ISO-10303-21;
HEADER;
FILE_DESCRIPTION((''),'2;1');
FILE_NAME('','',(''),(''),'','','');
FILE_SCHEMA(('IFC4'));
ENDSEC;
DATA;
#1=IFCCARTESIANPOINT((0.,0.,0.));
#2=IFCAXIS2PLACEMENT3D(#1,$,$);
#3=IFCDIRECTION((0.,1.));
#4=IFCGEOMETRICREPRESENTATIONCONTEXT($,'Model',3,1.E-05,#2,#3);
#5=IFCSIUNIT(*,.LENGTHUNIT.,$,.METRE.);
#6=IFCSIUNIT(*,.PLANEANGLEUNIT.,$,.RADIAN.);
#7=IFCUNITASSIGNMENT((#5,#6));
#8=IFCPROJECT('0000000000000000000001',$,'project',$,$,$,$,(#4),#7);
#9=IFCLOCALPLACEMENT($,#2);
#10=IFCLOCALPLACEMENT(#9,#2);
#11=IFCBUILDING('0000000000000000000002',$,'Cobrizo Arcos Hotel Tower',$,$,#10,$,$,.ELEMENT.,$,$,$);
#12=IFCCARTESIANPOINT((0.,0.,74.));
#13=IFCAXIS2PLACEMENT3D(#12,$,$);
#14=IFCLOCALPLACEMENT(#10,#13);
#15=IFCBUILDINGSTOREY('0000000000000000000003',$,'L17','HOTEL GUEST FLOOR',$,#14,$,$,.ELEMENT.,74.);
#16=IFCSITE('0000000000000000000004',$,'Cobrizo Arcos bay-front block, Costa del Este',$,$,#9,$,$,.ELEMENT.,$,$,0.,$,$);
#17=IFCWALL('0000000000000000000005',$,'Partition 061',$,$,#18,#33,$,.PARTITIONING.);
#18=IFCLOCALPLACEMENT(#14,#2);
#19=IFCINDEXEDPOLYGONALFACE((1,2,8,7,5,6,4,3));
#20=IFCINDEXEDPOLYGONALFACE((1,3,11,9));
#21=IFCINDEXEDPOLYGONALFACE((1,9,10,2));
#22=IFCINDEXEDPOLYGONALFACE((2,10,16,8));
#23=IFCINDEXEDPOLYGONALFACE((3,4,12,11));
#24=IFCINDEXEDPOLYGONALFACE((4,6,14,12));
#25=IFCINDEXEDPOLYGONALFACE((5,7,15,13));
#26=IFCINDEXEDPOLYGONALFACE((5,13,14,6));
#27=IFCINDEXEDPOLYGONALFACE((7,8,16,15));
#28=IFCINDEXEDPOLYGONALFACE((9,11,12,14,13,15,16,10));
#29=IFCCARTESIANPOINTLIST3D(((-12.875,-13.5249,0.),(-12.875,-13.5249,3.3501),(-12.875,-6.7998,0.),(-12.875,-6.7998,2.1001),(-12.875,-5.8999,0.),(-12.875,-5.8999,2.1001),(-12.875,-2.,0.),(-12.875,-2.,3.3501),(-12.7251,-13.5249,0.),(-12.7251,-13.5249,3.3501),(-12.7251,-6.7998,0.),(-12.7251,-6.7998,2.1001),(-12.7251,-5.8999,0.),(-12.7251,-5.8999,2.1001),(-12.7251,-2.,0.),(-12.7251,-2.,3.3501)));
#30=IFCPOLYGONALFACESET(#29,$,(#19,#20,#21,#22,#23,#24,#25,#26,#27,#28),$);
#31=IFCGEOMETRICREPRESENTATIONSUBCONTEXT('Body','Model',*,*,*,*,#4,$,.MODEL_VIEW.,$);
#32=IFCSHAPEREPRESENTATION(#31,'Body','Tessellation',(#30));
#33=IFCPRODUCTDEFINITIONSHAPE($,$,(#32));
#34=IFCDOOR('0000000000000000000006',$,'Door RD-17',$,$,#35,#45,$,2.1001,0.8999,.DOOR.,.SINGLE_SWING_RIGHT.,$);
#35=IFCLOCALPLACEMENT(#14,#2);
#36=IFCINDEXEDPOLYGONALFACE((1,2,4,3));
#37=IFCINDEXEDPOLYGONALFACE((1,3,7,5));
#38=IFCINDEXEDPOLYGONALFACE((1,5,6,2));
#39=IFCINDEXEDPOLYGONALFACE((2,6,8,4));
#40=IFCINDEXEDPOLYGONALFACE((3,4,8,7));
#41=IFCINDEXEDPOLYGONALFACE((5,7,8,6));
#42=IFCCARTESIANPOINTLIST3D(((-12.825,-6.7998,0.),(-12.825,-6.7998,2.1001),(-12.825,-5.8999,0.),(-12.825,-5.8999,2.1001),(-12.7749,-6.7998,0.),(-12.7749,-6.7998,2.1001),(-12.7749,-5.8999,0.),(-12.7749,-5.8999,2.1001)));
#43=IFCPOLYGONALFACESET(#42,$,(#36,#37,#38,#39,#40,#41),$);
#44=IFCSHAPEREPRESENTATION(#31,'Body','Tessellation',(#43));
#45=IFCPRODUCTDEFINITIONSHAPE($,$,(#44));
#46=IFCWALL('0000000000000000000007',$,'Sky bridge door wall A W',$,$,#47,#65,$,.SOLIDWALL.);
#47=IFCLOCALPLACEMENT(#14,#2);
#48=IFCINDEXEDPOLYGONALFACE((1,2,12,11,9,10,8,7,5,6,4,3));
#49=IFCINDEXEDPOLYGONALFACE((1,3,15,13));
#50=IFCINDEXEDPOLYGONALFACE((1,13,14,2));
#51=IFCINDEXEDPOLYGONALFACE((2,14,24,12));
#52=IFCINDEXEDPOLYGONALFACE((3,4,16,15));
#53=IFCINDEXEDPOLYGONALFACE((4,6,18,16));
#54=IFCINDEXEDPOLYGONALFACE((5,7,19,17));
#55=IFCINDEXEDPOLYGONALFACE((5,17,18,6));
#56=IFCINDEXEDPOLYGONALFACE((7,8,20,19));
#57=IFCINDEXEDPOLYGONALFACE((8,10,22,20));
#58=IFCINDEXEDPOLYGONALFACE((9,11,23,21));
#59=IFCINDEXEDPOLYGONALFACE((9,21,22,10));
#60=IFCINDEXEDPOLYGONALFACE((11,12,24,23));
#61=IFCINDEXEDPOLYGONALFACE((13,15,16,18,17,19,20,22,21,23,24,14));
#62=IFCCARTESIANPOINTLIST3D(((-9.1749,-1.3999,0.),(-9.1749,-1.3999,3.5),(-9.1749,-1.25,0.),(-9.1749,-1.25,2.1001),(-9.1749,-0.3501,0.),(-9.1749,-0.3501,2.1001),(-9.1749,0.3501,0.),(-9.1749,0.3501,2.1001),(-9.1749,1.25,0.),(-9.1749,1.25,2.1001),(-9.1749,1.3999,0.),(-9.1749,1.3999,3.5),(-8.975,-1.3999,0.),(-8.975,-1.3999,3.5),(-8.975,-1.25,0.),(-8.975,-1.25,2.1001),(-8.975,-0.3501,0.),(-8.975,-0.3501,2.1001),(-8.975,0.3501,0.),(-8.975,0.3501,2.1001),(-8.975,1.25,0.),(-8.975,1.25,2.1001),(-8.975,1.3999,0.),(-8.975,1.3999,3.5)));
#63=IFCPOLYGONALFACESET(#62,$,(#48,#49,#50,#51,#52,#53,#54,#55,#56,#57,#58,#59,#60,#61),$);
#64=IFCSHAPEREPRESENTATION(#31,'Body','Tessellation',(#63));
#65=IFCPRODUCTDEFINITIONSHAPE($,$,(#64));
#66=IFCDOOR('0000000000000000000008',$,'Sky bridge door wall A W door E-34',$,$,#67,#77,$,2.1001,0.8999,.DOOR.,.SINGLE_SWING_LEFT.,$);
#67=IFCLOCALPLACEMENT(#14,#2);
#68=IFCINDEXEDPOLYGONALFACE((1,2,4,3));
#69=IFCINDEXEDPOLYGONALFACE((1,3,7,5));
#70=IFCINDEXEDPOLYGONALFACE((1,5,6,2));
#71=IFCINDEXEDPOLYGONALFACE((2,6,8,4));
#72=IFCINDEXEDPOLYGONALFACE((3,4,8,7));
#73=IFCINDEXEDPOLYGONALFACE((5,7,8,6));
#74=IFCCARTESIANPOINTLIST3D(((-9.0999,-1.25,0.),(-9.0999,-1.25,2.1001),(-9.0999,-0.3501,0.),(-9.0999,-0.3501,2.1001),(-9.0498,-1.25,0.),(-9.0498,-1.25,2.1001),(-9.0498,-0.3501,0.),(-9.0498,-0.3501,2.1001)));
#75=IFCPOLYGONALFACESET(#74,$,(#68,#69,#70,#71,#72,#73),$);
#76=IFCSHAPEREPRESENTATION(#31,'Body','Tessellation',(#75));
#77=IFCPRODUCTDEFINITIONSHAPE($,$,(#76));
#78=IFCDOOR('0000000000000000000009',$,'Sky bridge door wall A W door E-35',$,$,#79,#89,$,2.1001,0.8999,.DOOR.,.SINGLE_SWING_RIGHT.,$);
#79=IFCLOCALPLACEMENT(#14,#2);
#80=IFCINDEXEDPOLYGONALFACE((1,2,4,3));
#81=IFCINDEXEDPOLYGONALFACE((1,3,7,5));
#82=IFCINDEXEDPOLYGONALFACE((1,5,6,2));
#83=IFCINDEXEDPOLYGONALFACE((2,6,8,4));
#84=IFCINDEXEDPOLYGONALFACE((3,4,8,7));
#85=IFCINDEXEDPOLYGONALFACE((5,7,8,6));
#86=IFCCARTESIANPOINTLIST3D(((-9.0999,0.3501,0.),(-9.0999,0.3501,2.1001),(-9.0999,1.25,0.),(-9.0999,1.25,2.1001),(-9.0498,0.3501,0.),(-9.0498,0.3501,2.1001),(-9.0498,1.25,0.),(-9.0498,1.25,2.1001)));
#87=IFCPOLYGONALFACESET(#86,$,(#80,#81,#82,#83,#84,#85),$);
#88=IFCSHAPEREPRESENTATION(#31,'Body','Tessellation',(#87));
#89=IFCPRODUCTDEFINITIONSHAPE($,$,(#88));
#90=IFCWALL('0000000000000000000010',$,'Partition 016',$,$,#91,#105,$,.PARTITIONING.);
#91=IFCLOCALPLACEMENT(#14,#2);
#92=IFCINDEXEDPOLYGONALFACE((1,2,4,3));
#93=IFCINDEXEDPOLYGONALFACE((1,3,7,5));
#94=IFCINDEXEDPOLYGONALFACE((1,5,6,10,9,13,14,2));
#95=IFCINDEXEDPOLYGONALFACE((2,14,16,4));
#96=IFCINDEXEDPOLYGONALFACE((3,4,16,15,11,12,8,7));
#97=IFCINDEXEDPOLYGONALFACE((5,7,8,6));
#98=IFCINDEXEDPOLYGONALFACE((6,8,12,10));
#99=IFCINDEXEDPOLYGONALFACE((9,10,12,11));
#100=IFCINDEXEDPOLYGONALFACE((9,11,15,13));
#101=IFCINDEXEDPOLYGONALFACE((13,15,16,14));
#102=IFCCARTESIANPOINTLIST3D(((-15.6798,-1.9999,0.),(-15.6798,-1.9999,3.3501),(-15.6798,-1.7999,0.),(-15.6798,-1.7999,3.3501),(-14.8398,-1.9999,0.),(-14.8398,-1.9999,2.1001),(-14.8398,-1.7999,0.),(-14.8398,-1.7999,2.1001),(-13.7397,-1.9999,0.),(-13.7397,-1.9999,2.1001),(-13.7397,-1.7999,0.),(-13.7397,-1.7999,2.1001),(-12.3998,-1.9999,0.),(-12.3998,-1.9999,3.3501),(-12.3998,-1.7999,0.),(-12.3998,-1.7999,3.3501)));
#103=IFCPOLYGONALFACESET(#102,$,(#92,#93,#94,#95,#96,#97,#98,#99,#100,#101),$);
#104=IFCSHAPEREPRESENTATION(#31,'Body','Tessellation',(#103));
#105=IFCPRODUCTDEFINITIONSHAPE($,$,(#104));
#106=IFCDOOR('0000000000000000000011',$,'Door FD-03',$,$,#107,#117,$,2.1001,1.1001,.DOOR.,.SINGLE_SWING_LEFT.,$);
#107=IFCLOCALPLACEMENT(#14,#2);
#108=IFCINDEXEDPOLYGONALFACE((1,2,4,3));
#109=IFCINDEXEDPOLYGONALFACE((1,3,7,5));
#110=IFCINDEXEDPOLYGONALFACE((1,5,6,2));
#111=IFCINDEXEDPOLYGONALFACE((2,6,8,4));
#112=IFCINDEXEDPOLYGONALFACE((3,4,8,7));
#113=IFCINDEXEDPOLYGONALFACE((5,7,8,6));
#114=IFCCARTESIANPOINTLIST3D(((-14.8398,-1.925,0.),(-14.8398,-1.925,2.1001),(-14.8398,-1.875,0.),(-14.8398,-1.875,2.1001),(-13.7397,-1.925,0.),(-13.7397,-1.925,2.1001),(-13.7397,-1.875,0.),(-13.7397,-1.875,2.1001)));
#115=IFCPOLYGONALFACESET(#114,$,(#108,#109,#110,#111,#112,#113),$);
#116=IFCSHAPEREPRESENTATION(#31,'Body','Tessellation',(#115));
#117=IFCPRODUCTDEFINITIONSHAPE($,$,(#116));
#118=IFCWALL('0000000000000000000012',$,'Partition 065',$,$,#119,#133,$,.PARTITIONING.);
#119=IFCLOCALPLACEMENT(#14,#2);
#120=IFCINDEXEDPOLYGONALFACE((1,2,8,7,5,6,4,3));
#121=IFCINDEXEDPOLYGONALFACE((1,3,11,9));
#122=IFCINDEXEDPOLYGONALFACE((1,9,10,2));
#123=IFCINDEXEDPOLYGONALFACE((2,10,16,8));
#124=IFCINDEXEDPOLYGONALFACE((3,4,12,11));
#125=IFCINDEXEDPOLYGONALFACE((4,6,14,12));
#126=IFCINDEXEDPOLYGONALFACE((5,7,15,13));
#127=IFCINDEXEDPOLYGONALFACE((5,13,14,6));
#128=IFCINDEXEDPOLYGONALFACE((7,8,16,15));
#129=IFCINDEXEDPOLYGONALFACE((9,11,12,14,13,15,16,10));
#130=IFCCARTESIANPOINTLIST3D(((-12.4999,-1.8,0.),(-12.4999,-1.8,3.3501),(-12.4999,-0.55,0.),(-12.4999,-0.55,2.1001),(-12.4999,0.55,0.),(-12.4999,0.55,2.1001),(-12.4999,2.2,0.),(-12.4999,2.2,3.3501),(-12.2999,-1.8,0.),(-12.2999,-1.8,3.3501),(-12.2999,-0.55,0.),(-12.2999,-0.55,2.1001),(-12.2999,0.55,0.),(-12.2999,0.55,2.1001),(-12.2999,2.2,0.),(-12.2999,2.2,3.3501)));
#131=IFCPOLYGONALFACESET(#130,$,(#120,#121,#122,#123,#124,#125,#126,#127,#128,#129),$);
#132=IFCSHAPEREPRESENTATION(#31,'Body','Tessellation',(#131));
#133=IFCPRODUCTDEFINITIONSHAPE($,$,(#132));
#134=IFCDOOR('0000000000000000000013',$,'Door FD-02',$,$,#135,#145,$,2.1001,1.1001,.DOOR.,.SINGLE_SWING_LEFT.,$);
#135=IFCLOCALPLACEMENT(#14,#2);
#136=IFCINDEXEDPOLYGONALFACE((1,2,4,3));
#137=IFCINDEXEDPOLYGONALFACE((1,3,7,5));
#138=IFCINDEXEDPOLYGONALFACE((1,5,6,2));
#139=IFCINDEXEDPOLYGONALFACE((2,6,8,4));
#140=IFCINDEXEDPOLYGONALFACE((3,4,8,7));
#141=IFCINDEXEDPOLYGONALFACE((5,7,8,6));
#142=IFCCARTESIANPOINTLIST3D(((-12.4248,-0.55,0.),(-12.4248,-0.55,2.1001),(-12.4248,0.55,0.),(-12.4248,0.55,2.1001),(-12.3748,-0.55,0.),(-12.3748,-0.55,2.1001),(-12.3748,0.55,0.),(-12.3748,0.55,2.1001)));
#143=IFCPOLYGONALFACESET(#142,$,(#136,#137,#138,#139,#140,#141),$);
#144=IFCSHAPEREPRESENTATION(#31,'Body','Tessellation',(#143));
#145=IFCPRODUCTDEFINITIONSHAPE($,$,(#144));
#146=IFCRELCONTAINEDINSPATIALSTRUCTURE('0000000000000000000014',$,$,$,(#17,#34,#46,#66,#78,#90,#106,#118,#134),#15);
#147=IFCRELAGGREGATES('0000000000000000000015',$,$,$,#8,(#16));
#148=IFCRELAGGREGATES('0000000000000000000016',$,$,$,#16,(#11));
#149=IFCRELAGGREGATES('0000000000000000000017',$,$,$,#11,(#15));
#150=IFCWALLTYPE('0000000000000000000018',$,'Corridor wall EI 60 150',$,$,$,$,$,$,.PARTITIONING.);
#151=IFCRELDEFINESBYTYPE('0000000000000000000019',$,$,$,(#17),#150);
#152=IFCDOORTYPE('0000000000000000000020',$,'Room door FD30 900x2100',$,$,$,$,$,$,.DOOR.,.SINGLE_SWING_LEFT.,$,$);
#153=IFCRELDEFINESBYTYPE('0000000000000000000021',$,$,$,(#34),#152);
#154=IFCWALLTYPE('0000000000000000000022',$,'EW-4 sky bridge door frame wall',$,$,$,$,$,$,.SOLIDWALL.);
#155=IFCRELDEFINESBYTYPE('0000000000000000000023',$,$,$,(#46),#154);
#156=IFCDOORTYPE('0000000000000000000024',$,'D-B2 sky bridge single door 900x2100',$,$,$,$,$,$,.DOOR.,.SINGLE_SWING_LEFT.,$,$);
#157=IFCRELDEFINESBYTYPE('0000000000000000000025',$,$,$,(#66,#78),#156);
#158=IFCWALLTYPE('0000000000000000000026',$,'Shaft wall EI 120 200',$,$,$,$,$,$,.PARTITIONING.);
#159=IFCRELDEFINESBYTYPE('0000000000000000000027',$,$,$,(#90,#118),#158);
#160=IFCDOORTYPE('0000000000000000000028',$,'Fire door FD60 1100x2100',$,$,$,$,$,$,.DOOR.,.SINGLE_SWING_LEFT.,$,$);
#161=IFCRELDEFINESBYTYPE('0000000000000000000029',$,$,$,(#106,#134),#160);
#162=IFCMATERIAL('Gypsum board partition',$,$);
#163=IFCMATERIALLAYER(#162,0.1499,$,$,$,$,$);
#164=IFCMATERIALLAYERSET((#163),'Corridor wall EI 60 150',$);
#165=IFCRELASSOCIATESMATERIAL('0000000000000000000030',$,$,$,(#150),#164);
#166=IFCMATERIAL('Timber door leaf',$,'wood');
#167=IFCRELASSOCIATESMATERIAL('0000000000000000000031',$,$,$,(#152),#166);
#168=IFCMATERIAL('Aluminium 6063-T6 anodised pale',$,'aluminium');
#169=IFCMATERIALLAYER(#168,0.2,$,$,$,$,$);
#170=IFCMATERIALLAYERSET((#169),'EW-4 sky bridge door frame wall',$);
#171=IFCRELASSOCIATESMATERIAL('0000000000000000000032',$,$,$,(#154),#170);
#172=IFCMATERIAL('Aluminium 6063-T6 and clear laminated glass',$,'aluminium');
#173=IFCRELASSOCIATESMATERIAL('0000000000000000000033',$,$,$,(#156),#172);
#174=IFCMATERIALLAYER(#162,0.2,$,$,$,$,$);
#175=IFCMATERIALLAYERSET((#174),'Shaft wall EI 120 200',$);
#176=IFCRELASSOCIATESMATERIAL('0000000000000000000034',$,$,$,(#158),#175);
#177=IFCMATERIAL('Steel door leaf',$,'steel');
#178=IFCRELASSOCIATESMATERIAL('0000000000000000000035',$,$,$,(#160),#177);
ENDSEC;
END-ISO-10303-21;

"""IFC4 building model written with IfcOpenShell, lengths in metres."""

from ifc_helpers import new_model, si_unit, direction, frame, frame_2d, origin, place, context, subcontext, project, spatial, rectangle, extrude, material, layer, layer_set, type_object, element, fill, save


model = new_model("IFC4")

# Units and contexts
model_context = context("Model", 3, precision=1e-05, world=origin(), true_north=direction((0.0, 1.0)))
body_context = subcontext(model_context, "Body", "Model", "MODEL_VIEW")
ifc_project = project(units=[si_unit("LENGTHUNIT", "METRE"), si_unit("PLANEANGLEUNIT", "RADIAN")], contexts=[model_context])

# Site, building, storey
site_placement = place(None, origin())
site = spatial("IfcSite", under=ifc_project, at=site_placement, Name="Cobrizo Arcos bay-front block, Costa del Este", CompositionType="ELEMENT", RefElevation=0.0)
building_placement = place(site_placement, origin())
building = spatial("IfcBuilding", under=site, at=building_placement, Name="Cobrizo Arcos Hotel Tower", CompositionType="ELEMENT")
storey_placement = place(building_placement, frame((0.0, 0.0, 74.0)))
storey = spatial("IfcBuildingStorey", under=building, at=storey_placement, Name="L17", Description="HOTEL GUEST FLOOR", CompositionType="ELEMENT", Elevation=74.0)

# Shared definitions
ifc_material_1 = material(Name="Gypsum board partition")
ifc_layer_1 = layer(ifc_material_1, 0.1499)
ifc_layer_set_1 = layer_set([ifc_layer_1], Name="Corridor wall EI 60 150")
wall_type_1 = type_object("IfcWallType", Name="Corridor wall EI 60 150", PredefinedType="PARTITIONING", material=ifc_layer_set_1)

# Wall, opening, door
wall_1_placement = place(storey_placement, frame((-12.8, -13.5249, 0.0), z_axis=(0.0, 0.0, 1.0), x_axis=(0.0, 1.0, 0.0)))
wall_1 = element("IfcWall", 1, at=wall_1_placement, inside=storey, type_object=wall_type_1, Name="Partition 061", PredefinedType="PARTITIONING", context=body_context, shape_type="SweptSolid", body=[
    extrude(rectangle(XDim=11.5249, YDim=0.1499, at=frame_2d((5.7625, 0.0))), origin(), (0.0, 0.0, 1.0), 3.3501),
])
opening_1_placement = place(wall_1_placement, frame((6.7251, 0.0, 0.0)))
opening_1 = element("IfcOpeningElement", 2, at=opening_1_placement, cuts=wall_1, PredefinedType="OPENING", context=body_context, shape_type="SweptSolid", body=[
    extrude(rectangle(XDim=0.8999, YDim=2.1001, at=frame_2d((0.45, 1.05))), frame((0.0, 0.0869, 0.0), z_axis=(0.0, -1.0, 0.0), x_axis=(1.0, 0.0, 0.0)), (0.0, 0.0, 1.0), 0.1738),
])
ifc_material_2 = material(Name="Timber door leaf", Category="wood")
door_type_1 = type_object("IfcDoorType", Name="Room door FD30 900x2100", OperationType="SINGLE_SWING_LEFT", PredefinedType="DOOR", material=ifc_material_2)
door_1_placement = place(opening_1_placement, origin())
door_1 = element("IfcDoor", 3, at=door_1_placement, inside=storey, type_object=door_type_1, Name="Door RD-17", OperationType="SINGLE_SWING_RIGHT", OverallHeight=2.1001, OverallWidth=0.8999, PredefinedType="DOOR", context=body_context, shape_type="SweptSolid", body=[
    extrude(rectangle(XDim=0.8999, YDim=2.1001, at=frame_2d((0.45, 1.05))), frame((0.0, 0.0249, 0.0), z_axis=(0.0, -1.0, 0.0), x_axis=(1.0, 0.0, 0.0)), (0.0, 0.0, 1.0), 0.05),
])
fill(opening_1, door_1)

# Wall, openings, doors
ifc_material_3 = material(Name="Aluminium 6063-T6 anodised pale", Category="aluminium")
ifc_layer_2 = layer(ifc_material_3, 0.2)
ifc_layer_set_2 = layer_set([ifc_layer_2], Name="EW-4 sky bridge door frame wall")
wall_type_2 = type_object("IfcWallType", Name="EW-4 sky bridge door frame wall", PredefinedType="SOLIDWALL", material=ifc_layer_set_2)
wall_2_placement = place(storey_placement, frame((-9.075, -1.3999, 0.0), z_axis=(0.0, 0.0, 1.0), x_axis=(0.0, 1.0, 0.0)))
wall_2 = element("IfcWall", 4, at=wall_2_placement, inside=storey, type_object=wall_type_2, Name="Sky bridge door wall A W", PredefinedType="SOLIDWALL", context=body_context, shape_type="SweptSolid", body=[
    extrude(rectangle(XDim=2.7998, YDim=0.2, at=frame_2d((1.3999, 0.0))), origin(), (0.0, 0.0, 1.0), 3.5),
])
opening_2_placement = place(wall_2_placement, frame((0.1499, 0.0, 0.0)))
opening_2 = element("IfcOpeningElement", 5, at=opening_2_placement, cuts=wall_2, PredefinedType="OPENING", context=body_context, shape_type="SweptSolid", body=[
    extrude(rectangle(XDim=0.8999, YDim=2.1001, at=frame_2d((0.45, 1.05))), frame((0.0, 0.1121, 0.0), z_axis=(0.0, -1.0, 0.0), x_axis=(1.0, 0.0, 0.0)), (0.0, 0.0, 1.0), 0.2239),
])
opening_3_placement = place(wall_2_placement, frame((1.75, 0.0, 0.0)))
opening_3 = element("IfcOpeningElement", 6, at=opening_3_placement, cuts=wall_2, PredefinedType="OPENING", context=body_context, shape_type="SweptSolid", body=[
    extrude(rectangle(XDim=0.8999, YDim=2.1001, at=frame_2d((0.45, 1.05))), frame((0.0, 0.1121, 0.0), z_axis=(0.0, -1.0, 0.0), x_axis=(1.0, 0.0, 0.0)), (0.0, 0.0, 1.0), 0.2239),
])
ifc_material_4 = material(Name="Aluminium 6063-T6 and clear laminated glass", Category="aluminium")
door_type_2 = type_object("IfcDoorType", Name="D-B2 sky bridge single door 900x2100", OperationType="SINGLE_SWING_LEFT", PredefinedType="DOOR", material=ifc_material_4)
door_2_placement = place(opening_2_placement, origin())
door_2 = element("IfcDoor", 7, at=door_2_placement, inside=storey, type_object=door_type_2, Name="Sky bridge door wall A W door E-34", OperationType="SINGLE_SWING_LEFT", OverallHeight=2.1001, OverallWidth=0.8999, PredefinedType="DOOR", context=body_context, shape_type="SweptSolid", body=[
    extrude(rectangle(XDim=0.8999, YDim=2.1001, at=frame_2d((0.45, 1.05))), frame((0.0, 0.0249, 0.0), z_axis=(0.0, -1.0, 0.0), x_axis=(1.0, 0.0, 0.0)), (0.0, 0.0, 1.0), 0.05),
])
fill(opening_2, door_2)
door_3_placement = place(opening_3_placement, origin())
door_3 = element("IfcDoor", 8, at=door_3_placement, inside=storey, type_object=door_type_2, Name="Sky bridge door wall A W door E-35", OperationType="SINGLE_SWING_RIGHT", OverallHeight=2.1001, OverallWidth=0.8999, PredefinedType="DOOR", context=body_context, shape_type="SweptSolid", body=[
    extrude(rectangle(XDim=0.8999, YDim=2.1001, at=frame_2d((0.45, 1.05))), frame((0.0, 0.0249, 0.0), z_axis=(0.0, -1.0, 0.0), x_axis=(1.0, 0.0, 0.0)), (0.0, 0.0, 1.0), 0.05),
])
fill(opening_3, door_3)

# Walls, openings, doors
ifc_layer_3 = layer(ifc_material_1, 0.2)
ifc_layer_set_3 = layer_set([ifc_layer_3], Name="Shaft wall EI 120 200")
wall_type_3 = type_object("IfcWallType", Name="Shaft wall EI 120 200", PredefinedType="PARTITIONING", material=ifc_layer_set_3)
wall_3_placement = place(storey_placement, frame((-15.6799, -1.8999, 0.0), z_axis=(0.0, 0.0, 1.0), x_axis=(1.0, 0.0, 0.0)))
wall_3 = element("IfcWall", 9, at=wall_3_placement, inside=storey, type_object=wall_type_3, Name="Partition 016", PredefinedType="PARTITIONING", context=body_context, shape_type="SweptSolid", body=[
    extrude(rectangle(XDim=3.28, YDim=0.2, at=frame_2d((1.6401, 0.0))), origin(), (0.0, 0.0, 1.0), 3.3501),
])
opening_4_placement = place(wall_3_placement, frame((0.8401, 0.0, 0.0)))
opening_4 = element("IfcOpeningElement", 10, at=opening_4_placement, cuts=wall_3, PredefinedType="OPENING", context=body_context, shape_type="SweptSolid", body=[
    extrude(rectangle(XDim=1.1001, YDim=2.1001, at=frame_2d((0.55, 1.05))), frame((0.0, 0.1121, 0.0), z_axis=(0.0, -1.0, 0.0), x_axis=(1.0, 0.0, 0.0)), (0.0, 0.0, 1.0), 0.2239),
])
ifc_material_5 = material(Name="Steel door leaf", Category="steel")
door_type_3 = type_object("IfcDoorType", Name="Fire door FD60 1100x2100", OperationType="SINGLE_SWING_LEFT", PredefinedType="DOOR", material=ifc_material_5)
door_4_placement = place(opening_4_placement, origin())
door_4 = element("IfcDoor", 11, at=door_4_placement, inside=storey, type_object=door_type_3, Name="Door FD-03", OperationType="SINGLE_SWING_LEFT", OverallHeight=2.1001, OverallWidth=1.1001, PredefinedType="DOOR", context=body_context, shape_type="SweptSolid", body=[
    extrude(rectangle(XDim=1.1001, YDim=2.1001, at=frame_2d((0.55, 1.05))), frame((0.0, 0.0249, 0.0), z_axis=(0.0, -1.0, 0.0), x_axis=(1.0, 0.0, 0.0)), (0.0, 0.0, 1.0), 0.05),
])
fill(opening_4, door_4)
wall_4_placement = place(storey_placement, frame((-12.3999, -1.8, 0.0), z_axis=(0.0, 0.0, 1.0), x_axis=(0.0, 1.0, 0.0)))
wall_4 = element("IfcWall", 12, at=wall_4_placement, inside=storey, type_object=wall_type_3, Name="Partition 065", PredefinedType="PARTITIONING", context=body_context, shape_type="SweptSolid", body=[
    extrude(rectangle(XDim=4.0, YDim=0.2, at=frame_2d((2.0, 0.0))), origin(), (0.0, 0.0, 1.0), 3.3501),
])
opening_5_placement = place(wall_4_placement, frame((1.25, 0.0, 0.0)))
opening_5 = element("IfcOpeningElement", 13, at=opening_5_placement, cuts=wall_4, PredefinedType="OPENING", context=body_context, shape_type="SweptSolid", body=[
    extrude(rectangle(XDim=1.1001, YDim=2.1001, at=frame_2d((0.55, 1.05))), frame((0.0, 0.1121, 0.0), z_axis=(0.0, -1.0, 0.0), x_axis=(1.0, 0.0, 0.0)), (0.0, 0.0, 1.0), 0.2239),
])
door_5_placement = place(opening_5_placement, origin())
door_5 = element("IfcDoor", 14, at=door_5_placement, inside=storey, type_object=door_type_3, Name="Door FD-02", OperationType="SINGLE_SWING_LEFT", OverallHeight=2.1001, OverallWidth=1.1001, PredefinedType="DOOR", context=body_context, shape_type="SweptSolid", body=[
    extrude(rectangle(XDim=1.1001, YDim=2.1001, at=frame_2d((0.55, 1.05))), frame((0.0, 0.0249, 0.0), z_axis=(0.0, -1.0, 0.0), x_axis=(1.0, 0.0, 0.0)), (0.0, 0.0, 1.0), 0.05),
])
fill(opening_5, door_5)

save(model, "model.ifc")
